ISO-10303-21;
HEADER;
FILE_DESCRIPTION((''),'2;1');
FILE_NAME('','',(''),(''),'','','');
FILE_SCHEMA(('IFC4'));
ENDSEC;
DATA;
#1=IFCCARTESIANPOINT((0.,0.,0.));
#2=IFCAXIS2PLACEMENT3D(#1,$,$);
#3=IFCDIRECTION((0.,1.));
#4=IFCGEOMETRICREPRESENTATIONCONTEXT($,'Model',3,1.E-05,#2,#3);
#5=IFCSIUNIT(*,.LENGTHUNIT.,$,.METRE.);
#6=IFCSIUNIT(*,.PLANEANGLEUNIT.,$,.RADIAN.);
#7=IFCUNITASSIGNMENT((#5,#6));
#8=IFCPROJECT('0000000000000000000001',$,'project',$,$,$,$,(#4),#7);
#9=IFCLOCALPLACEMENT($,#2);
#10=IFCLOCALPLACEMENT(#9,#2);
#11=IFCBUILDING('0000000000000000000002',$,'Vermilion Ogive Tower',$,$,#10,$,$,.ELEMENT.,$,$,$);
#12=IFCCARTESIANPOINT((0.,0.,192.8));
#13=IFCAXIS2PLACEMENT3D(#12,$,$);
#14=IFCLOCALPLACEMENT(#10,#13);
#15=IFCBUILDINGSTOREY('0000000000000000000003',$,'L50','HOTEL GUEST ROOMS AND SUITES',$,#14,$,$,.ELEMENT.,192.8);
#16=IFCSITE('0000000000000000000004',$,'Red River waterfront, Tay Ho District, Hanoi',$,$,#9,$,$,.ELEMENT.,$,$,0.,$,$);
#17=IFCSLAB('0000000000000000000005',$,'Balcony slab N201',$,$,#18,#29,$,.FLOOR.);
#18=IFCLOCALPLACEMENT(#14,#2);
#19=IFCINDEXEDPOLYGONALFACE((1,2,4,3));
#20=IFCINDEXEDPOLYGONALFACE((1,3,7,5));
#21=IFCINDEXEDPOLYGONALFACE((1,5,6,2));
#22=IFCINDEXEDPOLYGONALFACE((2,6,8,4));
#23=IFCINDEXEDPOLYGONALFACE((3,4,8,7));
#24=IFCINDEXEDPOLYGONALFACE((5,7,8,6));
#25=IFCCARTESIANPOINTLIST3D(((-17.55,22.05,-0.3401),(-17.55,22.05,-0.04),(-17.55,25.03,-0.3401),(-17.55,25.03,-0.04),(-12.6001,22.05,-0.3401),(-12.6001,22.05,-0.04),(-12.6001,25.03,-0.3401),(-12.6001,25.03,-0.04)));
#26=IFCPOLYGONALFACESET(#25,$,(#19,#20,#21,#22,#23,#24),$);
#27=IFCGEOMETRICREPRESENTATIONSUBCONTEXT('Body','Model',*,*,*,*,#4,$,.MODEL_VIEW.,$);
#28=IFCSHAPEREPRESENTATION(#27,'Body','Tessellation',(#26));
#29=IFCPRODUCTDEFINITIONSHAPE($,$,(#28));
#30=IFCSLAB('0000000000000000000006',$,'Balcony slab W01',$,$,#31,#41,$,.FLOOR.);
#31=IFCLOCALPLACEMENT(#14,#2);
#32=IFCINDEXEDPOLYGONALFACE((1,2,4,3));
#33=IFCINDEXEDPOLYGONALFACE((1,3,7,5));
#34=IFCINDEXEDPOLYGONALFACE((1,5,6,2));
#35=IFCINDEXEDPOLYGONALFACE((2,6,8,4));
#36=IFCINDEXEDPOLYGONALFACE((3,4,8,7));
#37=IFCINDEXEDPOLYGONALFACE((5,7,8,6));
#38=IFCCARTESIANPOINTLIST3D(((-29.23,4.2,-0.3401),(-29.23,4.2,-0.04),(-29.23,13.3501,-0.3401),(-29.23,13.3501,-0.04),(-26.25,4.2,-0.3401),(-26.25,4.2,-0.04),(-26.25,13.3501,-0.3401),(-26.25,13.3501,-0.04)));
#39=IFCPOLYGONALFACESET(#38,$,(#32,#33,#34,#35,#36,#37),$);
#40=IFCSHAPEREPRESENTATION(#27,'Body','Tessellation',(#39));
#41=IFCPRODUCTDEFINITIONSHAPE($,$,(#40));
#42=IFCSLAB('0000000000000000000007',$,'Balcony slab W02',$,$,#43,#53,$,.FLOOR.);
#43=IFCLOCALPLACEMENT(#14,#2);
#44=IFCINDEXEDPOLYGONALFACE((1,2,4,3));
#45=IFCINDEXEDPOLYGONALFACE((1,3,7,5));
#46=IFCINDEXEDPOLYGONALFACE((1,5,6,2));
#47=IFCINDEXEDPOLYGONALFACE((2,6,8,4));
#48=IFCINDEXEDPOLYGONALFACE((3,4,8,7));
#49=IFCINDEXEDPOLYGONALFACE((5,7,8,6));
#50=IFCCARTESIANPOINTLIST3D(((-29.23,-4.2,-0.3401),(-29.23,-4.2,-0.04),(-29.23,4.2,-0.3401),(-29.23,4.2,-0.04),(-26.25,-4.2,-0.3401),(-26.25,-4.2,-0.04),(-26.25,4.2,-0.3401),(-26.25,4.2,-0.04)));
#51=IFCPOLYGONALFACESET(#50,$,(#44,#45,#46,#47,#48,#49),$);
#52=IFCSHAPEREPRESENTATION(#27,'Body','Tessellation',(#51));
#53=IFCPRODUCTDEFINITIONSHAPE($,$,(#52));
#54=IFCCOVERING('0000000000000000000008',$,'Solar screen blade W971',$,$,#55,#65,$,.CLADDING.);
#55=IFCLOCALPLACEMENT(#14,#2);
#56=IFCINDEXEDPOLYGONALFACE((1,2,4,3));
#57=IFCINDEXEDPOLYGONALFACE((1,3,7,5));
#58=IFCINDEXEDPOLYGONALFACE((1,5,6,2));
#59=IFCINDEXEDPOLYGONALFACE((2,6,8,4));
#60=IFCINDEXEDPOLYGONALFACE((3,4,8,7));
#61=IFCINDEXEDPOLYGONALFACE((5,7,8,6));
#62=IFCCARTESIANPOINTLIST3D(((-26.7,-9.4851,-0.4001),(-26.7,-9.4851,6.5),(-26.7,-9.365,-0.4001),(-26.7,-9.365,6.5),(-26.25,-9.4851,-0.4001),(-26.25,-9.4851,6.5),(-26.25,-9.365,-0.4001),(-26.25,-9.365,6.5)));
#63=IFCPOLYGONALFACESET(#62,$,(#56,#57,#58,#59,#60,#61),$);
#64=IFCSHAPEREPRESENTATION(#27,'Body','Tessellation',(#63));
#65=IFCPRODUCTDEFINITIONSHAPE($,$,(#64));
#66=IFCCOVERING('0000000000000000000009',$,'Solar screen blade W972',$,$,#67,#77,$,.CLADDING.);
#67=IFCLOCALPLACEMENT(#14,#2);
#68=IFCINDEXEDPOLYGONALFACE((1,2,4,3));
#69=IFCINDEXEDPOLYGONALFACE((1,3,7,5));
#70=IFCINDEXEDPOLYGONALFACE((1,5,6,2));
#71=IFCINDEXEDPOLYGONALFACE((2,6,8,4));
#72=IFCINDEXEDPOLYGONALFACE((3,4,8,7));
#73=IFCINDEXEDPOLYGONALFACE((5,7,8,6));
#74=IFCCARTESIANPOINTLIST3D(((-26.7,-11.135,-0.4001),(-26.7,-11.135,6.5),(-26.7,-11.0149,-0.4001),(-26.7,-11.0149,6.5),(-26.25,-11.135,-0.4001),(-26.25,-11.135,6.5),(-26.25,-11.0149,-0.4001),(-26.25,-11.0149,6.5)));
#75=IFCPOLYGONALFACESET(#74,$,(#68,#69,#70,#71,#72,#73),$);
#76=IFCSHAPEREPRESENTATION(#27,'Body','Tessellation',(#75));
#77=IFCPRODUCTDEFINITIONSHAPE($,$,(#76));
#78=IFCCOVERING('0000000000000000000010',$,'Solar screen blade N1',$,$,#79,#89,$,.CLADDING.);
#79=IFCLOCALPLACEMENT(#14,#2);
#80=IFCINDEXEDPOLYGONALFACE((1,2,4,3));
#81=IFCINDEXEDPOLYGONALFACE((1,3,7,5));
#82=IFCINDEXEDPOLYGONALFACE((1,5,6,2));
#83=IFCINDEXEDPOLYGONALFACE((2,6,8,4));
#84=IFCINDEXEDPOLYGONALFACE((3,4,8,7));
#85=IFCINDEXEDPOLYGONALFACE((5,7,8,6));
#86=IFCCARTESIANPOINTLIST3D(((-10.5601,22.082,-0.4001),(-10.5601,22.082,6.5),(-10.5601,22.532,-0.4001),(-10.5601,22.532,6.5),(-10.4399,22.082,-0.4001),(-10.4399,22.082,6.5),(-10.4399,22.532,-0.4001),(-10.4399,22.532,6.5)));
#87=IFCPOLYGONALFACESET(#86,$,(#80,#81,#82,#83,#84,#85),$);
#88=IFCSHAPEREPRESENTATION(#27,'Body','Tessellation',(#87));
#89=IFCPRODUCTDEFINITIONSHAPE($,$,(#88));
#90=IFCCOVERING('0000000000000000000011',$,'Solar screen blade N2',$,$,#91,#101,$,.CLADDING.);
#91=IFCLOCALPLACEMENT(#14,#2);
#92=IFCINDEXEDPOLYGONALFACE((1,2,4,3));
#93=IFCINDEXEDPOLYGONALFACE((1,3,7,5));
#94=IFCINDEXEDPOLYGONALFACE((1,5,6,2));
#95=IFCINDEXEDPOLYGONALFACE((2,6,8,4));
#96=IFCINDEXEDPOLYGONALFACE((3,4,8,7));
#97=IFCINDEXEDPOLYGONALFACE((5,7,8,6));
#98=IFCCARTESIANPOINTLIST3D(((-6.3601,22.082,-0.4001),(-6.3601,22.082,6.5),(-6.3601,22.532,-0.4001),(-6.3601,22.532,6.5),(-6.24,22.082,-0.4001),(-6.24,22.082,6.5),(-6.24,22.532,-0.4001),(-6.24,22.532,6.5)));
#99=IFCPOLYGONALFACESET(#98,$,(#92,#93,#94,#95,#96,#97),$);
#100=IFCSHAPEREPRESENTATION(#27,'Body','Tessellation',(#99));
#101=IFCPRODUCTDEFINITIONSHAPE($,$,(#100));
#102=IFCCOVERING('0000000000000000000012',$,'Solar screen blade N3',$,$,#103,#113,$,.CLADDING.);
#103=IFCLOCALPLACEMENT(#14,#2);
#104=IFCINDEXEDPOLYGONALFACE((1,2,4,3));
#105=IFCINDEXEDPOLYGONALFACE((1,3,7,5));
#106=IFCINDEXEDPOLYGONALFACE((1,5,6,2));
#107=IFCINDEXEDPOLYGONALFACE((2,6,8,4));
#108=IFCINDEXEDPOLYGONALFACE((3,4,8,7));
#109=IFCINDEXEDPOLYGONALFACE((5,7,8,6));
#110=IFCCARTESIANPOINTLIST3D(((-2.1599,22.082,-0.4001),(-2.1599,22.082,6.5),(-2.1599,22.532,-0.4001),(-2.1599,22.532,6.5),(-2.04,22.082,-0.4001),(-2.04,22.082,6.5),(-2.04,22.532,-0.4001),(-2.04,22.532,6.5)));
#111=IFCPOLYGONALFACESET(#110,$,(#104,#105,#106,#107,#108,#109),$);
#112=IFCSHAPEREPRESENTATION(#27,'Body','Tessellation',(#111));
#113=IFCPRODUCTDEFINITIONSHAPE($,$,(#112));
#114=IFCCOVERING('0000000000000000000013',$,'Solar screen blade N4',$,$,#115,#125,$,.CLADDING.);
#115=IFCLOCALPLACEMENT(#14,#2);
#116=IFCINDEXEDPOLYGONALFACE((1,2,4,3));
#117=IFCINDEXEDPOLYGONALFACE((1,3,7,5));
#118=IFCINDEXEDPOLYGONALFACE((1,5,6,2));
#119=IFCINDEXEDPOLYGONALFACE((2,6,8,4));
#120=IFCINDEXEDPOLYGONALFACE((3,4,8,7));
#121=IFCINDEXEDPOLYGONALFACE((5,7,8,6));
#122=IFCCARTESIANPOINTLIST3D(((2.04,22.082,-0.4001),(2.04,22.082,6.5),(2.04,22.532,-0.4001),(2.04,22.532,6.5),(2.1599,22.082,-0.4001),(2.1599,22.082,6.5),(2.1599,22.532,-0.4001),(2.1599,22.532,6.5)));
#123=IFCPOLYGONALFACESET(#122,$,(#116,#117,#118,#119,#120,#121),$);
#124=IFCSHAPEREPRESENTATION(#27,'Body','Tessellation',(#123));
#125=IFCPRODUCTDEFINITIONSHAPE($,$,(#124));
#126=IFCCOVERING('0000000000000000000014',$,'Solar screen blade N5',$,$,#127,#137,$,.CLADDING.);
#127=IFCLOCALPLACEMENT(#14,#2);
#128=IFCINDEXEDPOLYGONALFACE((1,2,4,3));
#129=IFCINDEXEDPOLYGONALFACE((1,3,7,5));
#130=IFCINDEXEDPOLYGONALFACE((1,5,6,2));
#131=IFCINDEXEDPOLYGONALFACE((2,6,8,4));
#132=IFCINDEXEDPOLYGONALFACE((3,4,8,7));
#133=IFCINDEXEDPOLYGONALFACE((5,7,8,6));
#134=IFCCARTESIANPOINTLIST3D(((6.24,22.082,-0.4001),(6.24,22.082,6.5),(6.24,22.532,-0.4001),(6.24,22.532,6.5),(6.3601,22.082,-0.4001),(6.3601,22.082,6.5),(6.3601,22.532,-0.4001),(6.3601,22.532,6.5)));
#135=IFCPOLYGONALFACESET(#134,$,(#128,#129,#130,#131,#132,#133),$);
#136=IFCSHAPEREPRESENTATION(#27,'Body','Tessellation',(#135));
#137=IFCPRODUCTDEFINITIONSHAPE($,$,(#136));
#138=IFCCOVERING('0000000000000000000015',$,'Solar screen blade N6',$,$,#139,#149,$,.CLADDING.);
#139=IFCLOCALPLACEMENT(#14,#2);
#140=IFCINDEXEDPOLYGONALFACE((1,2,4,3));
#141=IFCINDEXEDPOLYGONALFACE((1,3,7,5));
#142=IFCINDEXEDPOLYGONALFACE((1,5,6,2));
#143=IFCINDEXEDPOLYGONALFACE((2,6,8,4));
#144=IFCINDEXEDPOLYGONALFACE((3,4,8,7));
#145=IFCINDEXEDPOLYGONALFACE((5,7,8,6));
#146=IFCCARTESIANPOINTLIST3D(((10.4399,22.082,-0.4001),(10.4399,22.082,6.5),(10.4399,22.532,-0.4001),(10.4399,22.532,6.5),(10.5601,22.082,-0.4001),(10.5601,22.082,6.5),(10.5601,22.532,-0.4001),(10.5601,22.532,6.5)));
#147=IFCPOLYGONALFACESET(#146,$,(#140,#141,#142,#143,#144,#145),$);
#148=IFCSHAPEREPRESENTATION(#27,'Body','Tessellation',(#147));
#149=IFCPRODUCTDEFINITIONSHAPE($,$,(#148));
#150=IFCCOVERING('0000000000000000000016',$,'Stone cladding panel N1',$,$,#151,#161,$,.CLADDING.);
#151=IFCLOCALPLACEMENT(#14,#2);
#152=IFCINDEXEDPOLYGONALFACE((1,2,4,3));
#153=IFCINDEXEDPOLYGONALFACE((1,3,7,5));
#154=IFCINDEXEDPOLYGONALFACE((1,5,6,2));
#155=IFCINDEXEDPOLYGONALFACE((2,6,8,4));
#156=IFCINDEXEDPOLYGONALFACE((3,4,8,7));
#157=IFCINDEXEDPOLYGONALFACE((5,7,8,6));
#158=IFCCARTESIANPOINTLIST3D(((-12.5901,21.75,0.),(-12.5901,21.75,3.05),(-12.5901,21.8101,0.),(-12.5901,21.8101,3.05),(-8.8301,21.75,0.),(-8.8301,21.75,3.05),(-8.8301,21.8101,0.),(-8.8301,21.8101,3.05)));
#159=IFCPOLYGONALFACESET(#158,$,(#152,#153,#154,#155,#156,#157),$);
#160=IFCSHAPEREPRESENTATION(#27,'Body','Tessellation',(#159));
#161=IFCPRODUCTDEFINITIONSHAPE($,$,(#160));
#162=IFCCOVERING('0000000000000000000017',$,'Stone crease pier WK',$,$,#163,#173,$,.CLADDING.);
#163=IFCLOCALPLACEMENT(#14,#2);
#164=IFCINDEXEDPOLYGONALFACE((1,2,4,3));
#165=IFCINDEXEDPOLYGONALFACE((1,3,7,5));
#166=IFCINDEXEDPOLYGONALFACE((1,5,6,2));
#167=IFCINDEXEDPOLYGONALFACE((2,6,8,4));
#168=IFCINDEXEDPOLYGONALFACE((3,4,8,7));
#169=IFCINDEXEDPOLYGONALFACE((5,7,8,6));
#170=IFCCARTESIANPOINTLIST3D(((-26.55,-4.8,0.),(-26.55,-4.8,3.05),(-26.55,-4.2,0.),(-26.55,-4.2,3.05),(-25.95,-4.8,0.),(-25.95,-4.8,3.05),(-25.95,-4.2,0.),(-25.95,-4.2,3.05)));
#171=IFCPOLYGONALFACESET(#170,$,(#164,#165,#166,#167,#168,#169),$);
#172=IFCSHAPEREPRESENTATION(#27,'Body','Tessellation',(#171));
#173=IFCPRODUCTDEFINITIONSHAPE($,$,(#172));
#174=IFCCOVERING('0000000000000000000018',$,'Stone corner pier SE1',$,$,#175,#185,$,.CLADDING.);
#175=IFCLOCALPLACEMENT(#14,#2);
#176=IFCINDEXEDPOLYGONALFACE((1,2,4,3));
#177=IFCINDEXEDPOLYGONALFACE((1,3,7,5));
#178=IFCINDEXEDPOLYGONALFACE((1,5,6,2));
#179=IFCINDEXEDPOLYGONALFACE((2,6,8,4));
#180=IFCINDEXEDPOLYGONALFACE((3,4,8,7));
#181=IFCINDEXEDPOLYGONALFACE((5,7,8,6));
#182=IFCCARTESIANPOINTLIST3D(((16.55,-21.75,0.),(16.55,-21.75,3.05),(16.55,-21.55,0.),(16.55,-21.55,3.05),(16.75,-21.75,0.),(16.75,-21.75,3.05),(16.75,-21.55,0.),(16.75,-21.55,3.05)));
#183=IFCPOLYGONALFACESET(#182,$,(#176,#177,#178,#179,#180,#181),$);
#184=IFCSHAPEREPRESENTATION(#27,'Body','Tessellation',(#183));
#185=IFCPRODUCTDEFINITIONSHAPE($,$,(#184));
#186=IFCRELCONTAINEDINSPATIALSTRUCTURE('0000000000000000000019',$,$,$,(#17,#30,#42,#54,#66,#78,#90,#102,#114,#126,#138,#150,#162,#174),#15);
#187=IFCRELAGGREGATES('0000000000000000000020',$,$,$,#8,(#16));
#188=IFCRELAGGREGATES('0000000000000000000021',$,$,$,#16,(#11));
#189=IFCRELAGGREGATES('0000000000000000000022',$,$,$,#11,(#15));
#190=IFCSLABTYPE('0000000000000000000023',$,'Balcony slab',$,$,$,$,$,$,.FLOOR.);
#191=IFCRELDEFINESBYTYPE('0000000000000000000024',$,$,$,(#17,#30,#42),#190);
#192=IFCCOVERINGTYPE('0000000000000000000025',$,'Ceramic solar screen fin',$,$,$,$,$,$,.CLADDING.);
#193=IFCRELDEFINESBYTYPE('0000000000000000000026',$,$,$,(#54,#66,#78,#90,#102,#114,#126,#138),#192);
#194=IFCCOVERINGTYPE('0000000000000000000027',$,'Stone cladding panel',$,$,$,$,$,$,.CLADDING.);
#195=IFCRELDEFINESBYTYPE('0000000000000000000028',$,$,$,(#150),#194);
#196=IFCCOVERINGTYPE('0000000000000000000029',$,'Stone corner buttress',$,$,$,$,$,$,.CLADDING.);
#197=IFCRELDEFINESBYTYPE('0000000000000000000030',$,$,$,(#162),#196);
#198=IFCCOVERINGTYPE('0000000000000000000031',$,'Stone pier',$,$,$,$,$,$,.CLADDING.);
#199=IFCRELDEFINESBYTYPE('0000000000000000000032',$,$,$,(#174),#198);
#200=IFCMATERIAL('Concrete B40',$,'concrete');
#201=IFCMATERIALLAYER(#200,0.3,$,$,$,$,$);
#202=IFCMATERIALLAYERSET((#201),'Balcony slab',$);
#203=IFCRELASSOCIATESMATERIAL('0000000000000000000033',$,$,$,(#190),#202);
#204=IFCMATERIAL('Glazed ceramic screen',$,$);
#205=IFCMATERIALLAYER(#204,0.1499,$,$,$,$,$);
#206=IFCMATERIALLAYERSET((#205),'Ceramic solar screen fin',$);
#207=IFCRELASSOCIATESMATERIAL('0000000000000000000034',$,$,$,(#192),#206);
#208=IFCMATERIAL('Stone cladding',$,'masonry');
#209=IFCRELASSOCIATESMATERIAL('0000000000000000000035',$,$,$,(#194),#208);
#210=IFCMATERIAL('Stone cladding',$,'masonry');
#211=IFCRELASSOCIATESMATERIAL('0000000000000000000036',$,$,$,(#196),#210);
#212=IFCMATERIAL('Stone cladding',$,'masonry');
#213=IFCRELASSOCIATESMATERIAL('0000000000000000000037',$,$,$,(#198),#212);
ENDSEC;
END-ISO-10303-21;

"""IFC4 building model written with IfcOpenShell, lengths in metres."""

from ifc_helpers import new_model, si_unit, direction, frame, origin, place, context, subcontext, project, spatial, polyline, outline, extrude, material, layer, layer_set, type_object, element, save


model = new_model("IFC4")

# Units and contexts
model_context = context("Model", 3, precision=1e-05, world=origin(), true_north=direction((0.0, 1.0)))
body_context = subcontext(model_context, "Body", "Model", "MODEL_VIEW")
ifc_project = project(units=[si_unit("LENGTHUNIT", "METRE"), si_unit("PLANEANGLEUNIT", "RADIAN")], contexts=[model_context])

# Site, building, storey
site_placement = place(None, origin())
site = spatial("IfcSite", under=ifc_project, at=site_placement, Name="Red River waterfront, Tay Ho District, Hanoi", CompositionType="ELEMENT", RefElevation=0.0)
building_placement = place(site_placement, origin())
building = spatial("IfcBuilding", under=site, at=building_placement, Name="Vermilion Ogive Tower", CompositionType="ELEMENT")
storey_placement = place(building_placement, frame((0.0, 0.0, 192.8)))
storey = spatial("IfcBuildingStorey", under=building, at=storey_placement, Name="L50", Description="HOTEL GUEST ROOMS AND SUITES", CompositionType="ELEMENT", Elevation=192.8)

# Slabs
ifc_material_1 = material(Name="Concrete B40", Category="concrete")
ifc_layer_1 = layer(ifc_material_1, 0.3)
ifc_layer_set_1 = layer_set([ifc_layer_1], Name="Balcony slab")
slab_type = type_object("IfcSlabType", Name="Balcony slab", PredefinedType="FLOOR", material=ifc_layer_set_1)
slab_1_placement = place(storey_placement, frame((0.0, 0.0, -0.3401)))
element("IfcSlab", 1, at=slab_1_placement, inside=storey, type_object=slab_type, Name="Balcony slab N201", PredefinedType="FLOOR", context=body_context, shape_type="SweptSolid", body=[
    extrude(outline(polyline([(-12.6001, 25.03), (-17.55, 25.03), (-17.55, 22.05), (-12.6001, 22.05), (-12.6001, 25.03)])), origin(), (0.0, 0.0, 1.0), 0.3),
])
slab_2_placement = place(storey_placement, frame((0.0, 0.0, -0.3401)))
element("IfcSlab", 2, at=slab_2_placement, inside=storey, type_object=slab_type, Name="Balcony slab W01", PredefinedType="FLOOR", context=body_context, shape_type="SweptSolid", body=[
    extrude(outline(polyline([(-29.23, 13.3501), (-29.23, 4.2), (-26.25, 4.2), (-26.25, 13.3501), (-29.23, 13.3501)])), origin(), (0.0, 0.0, 1.0), 0.3),
])
slab_3_placement = place(storey_placement, frame((0.0, 0.0, -0.3401)))
element("IfcSlab", 3, at=slab_3_placement, inside=storey, type_object=slab_type, Name="Balcony slab W02", PredefinedType="FLOOR", context=body_context, shape_type="SweptSolid", body=[
    extrude(outline(polyline([(-29.23, 4.2), (-29.23, -4.2), (-26.25, -4.2), (-26.25, 4.2), (-29.23, 4.2)])), origin(), (0.0, 0.0, 1.0), 0.3),
])

# Coverings
ifc_material_2 = material(Name="Glazed ceramic screen")
ifc_layer_2 = layer(ifc_material_2, 0.1499)
ifc_layer_set_2 = layer_set([ifc_layer_2], Name="Ceramic solar screen fin")
covering_type_1 = type_object("IfcCoveringType", Name="Ceramic solar screen fin", PredefinedType="CLADDING", material=ifc_layer_set_2)
covering_1_placement = place(storey_placement, frame((0.0, 0.0, -0.4001)))
element("IfcCovering", 4, at=covering_1_placement, inside=storey, type_object=covering_type_1, Name="Solar screen blade W971", PredefinedType="CLADDING", context=body_context, shape_type="SweptSolid", body=[
    extrude(outline(polyline([(-26.7, -9.365), (-26.7, -9.4851), (-26.25, -9.4851), (-26.25, -9.365), (-26.7, -9.365)])), origin(), (0.0, 0.0, 1.0), 6.9001),
])
covering_2_placement = place(storey_placement, frame((0.0, 0.0, -0.4001)))
element("IfcCovering", 5, at=covering_2_placement, inside=storey, type_object=covering_type_1, Name="Solar screen blade W972", PredefinedType="CLADDING", context=body_context, shape_type="SweptSolid", body=[
    extrude(outline(polyline([(-26.7, -11.0149), (-26.7, -11.135), (-26.25, -11.135), (-26.25, -11.0149), (-26.7, -11.0149)])), origin(), (0.0, 0.0, 1.0), 6.9001),
])
covering_3_placement = place(storey_placement, frame((0.0, 0.0, -0.4001)))
element("IfcCovering", 6, at=covering_3_placement, inside=storey, type_object=covering_type_1, Name="Solar screen blade N1", PredefinedType="CLADDING", context=body_context, shape_type="SweptSolid", body=[
    extrude(outline(polyline([(-10.5601, 22.082), (-10.4399, 22.082), (-10.4399, 22.532), (-10.5601, 22.532), (-10.5601, 22.082)])), origin(), (0.0, 0.0, 1.0), 6.9001),
])
covering_4_placement = place(storey_placement, frame((0.0, 0.0, -0.4001)))
element("IfcCovering", 7, at=covering_4_placement, inside=storey, type_object=covering_type_1, Name="Solar screen blade N2", PredefinedType="CLADDING", context=body_context, shape_type="SweptSolid", body=[
    extrude(outline(polyline([(-6.3601, 22.082), (-6.24, 22.082), (-6.24, 22.532), (-6.3601, 22.532), (-6.3601, 22.082)])), origin(), (0.0, 0.0, 1.0), 6.9001),
])
covering_5_placement = place(storey_placement, frame((0.0, 0.0, -0.4001)))
element("IfcCovering", 8, at=covering_5_placement, inside=storey, type_object=covering_type_1, Name="Solar screen blade N3", PredefinedType="CLADDING", context=body_context, shape_type="SweptSolid", body=[
    extrude(outline(polyline([(-2.1599, 22.082), (-2.04, 22.082), (-2.04, 22.532), (-2.1599, 22.532), (-2.1599, 22.082)])), origin(), (0.0, 0.0, 1.0), 6.9001),
])
covering_6_placement = place(storey_placement, frame((0.0, 0.0, -0.4001)))
element("IfcCovering", 9, at=covering_6_placement, inside=storey, type_object=covering_type_1, Name="Solar screen blade N4", PredefinedType="CLADDING", context=body_context, shape_type="SweptSolid", body=[
    extrude(outline(polyline([(2.04, 22.082), (2.1599, 22.082), (2.1599, 22.532), (2.04, 22.532), (2.04, 22.082)])), origin(), (0.0, 0.0, 1.0), 6.9001),
])
covering_7_placement = place(storey_placement, frame((0.0, 0.0, -0.4001)))
element("IfcCovering", 10, at=covering_7_placement, inside=storey, type_object=covering_type_1, Name="Solar screen blade N5", PredefinedType="CLADDING", context=body_context, shape_type="SweptSolid", body=[
    extrude(outline(polyline([(6.24, 22.082), (6.3601, 22.082), (6.3601, 22.532), (6.24, 22.532), (6.24, 22.082)])), origin(), (0.0, 0.0, 1.0), 6.9001),
])
covering_8_placement = place(storey_placement, frame((0.0, 0.0, -0.4001)))
element("IfcCovering", 11, at=covering_8_placement, inside=storey, type_object=covering_type_1, Name="Solar screen blade N6", PredefinedType="CLADDING", context=body_context, shape_type="SweptSolid", body=[
    extrude(outline(polyline([(10.4399, 22.082), (10.5601, 22.082), (10.5601, 22.532), (10.4399, 22.532), (10.4399, 22.082)])), origin(), (0.0, 0.0, 1.0), 6.9001),
])
ifc_material_3 = material(Name="Stone cladding", Category="masonry")
covering_type_2 = type_object("IfcCoveringType", Name="Stone cladding panel", PredefinedType="CLADDING", material=ifc_material_3)
covering_9_placement = place(storey_placement, origin())
element("IfcCovering", 12, at=covering_9_placement, inside=storey, type_object=covering_type_2, Name="Stone cladding panel N1", PredefinedType="CLADDING", context=body_context, shape_type="SweptSolid", body=[
    extrude(outline(polyline([(-12.5901, 21.75), (-8.8301, 21.75), (-8.8301, 21.8101), (-12.5901, 21.8101), (-12.5901, 21.75)])), origin(), (0.0, 0.0, 1.0), 3.05),
])
ifc_material_4 = material(Name="Stone cladding", Category="masonry")
covering_type_3 = type_object("IfcCoveringType", Name="Stone corner buttress", PredefinedType="CLADDING", material=ifc_material_4)
covering_10_placement = place(storey_placement, origin())
element("IfcCovering", 13, at=covering_10_placement, inside=storey, type_object=covering_type_3, Name="Stone crease pier WK", PredefinedType="CLADDING", context=body_context, shape_type="SweptSolid", body=[
    extrude(outline(polyline([(-26.55, -4.2), (-26.55, -4.8), (-25.95, -4.8), (-25.95, -4.2), (-26.55, -4.2)])), origin(), (0.0, 0.0, 1.0), 3.05),
])
ifc_material_5 = material(Name="Stone cladding", Category="masonry")
covering_type_4 = type_object("IfcCoveringType", Name="Stone pier", PredefinedType="CLADDING", material=ifc_material_5)
covering_11_placement = place(storey_placement, origin())
element("IfcCovering", 14, at=covering_11_placement, inside=storey, type_object=covering_type_4, Name="Stone corner pier SE1", PredefinedType="CLADDING", context=body_context, shape_type="SweptSolid", body=[
    extrude(outline(polyline([(16.55, -21.55), (16.75, -21.55), (16.75, -21.75), (16.55, -21.75), (16.55, -21.55)])), origin(), (0.0, 0.0, 1.0), 3.05),
])

save(model, "model.ifc")
